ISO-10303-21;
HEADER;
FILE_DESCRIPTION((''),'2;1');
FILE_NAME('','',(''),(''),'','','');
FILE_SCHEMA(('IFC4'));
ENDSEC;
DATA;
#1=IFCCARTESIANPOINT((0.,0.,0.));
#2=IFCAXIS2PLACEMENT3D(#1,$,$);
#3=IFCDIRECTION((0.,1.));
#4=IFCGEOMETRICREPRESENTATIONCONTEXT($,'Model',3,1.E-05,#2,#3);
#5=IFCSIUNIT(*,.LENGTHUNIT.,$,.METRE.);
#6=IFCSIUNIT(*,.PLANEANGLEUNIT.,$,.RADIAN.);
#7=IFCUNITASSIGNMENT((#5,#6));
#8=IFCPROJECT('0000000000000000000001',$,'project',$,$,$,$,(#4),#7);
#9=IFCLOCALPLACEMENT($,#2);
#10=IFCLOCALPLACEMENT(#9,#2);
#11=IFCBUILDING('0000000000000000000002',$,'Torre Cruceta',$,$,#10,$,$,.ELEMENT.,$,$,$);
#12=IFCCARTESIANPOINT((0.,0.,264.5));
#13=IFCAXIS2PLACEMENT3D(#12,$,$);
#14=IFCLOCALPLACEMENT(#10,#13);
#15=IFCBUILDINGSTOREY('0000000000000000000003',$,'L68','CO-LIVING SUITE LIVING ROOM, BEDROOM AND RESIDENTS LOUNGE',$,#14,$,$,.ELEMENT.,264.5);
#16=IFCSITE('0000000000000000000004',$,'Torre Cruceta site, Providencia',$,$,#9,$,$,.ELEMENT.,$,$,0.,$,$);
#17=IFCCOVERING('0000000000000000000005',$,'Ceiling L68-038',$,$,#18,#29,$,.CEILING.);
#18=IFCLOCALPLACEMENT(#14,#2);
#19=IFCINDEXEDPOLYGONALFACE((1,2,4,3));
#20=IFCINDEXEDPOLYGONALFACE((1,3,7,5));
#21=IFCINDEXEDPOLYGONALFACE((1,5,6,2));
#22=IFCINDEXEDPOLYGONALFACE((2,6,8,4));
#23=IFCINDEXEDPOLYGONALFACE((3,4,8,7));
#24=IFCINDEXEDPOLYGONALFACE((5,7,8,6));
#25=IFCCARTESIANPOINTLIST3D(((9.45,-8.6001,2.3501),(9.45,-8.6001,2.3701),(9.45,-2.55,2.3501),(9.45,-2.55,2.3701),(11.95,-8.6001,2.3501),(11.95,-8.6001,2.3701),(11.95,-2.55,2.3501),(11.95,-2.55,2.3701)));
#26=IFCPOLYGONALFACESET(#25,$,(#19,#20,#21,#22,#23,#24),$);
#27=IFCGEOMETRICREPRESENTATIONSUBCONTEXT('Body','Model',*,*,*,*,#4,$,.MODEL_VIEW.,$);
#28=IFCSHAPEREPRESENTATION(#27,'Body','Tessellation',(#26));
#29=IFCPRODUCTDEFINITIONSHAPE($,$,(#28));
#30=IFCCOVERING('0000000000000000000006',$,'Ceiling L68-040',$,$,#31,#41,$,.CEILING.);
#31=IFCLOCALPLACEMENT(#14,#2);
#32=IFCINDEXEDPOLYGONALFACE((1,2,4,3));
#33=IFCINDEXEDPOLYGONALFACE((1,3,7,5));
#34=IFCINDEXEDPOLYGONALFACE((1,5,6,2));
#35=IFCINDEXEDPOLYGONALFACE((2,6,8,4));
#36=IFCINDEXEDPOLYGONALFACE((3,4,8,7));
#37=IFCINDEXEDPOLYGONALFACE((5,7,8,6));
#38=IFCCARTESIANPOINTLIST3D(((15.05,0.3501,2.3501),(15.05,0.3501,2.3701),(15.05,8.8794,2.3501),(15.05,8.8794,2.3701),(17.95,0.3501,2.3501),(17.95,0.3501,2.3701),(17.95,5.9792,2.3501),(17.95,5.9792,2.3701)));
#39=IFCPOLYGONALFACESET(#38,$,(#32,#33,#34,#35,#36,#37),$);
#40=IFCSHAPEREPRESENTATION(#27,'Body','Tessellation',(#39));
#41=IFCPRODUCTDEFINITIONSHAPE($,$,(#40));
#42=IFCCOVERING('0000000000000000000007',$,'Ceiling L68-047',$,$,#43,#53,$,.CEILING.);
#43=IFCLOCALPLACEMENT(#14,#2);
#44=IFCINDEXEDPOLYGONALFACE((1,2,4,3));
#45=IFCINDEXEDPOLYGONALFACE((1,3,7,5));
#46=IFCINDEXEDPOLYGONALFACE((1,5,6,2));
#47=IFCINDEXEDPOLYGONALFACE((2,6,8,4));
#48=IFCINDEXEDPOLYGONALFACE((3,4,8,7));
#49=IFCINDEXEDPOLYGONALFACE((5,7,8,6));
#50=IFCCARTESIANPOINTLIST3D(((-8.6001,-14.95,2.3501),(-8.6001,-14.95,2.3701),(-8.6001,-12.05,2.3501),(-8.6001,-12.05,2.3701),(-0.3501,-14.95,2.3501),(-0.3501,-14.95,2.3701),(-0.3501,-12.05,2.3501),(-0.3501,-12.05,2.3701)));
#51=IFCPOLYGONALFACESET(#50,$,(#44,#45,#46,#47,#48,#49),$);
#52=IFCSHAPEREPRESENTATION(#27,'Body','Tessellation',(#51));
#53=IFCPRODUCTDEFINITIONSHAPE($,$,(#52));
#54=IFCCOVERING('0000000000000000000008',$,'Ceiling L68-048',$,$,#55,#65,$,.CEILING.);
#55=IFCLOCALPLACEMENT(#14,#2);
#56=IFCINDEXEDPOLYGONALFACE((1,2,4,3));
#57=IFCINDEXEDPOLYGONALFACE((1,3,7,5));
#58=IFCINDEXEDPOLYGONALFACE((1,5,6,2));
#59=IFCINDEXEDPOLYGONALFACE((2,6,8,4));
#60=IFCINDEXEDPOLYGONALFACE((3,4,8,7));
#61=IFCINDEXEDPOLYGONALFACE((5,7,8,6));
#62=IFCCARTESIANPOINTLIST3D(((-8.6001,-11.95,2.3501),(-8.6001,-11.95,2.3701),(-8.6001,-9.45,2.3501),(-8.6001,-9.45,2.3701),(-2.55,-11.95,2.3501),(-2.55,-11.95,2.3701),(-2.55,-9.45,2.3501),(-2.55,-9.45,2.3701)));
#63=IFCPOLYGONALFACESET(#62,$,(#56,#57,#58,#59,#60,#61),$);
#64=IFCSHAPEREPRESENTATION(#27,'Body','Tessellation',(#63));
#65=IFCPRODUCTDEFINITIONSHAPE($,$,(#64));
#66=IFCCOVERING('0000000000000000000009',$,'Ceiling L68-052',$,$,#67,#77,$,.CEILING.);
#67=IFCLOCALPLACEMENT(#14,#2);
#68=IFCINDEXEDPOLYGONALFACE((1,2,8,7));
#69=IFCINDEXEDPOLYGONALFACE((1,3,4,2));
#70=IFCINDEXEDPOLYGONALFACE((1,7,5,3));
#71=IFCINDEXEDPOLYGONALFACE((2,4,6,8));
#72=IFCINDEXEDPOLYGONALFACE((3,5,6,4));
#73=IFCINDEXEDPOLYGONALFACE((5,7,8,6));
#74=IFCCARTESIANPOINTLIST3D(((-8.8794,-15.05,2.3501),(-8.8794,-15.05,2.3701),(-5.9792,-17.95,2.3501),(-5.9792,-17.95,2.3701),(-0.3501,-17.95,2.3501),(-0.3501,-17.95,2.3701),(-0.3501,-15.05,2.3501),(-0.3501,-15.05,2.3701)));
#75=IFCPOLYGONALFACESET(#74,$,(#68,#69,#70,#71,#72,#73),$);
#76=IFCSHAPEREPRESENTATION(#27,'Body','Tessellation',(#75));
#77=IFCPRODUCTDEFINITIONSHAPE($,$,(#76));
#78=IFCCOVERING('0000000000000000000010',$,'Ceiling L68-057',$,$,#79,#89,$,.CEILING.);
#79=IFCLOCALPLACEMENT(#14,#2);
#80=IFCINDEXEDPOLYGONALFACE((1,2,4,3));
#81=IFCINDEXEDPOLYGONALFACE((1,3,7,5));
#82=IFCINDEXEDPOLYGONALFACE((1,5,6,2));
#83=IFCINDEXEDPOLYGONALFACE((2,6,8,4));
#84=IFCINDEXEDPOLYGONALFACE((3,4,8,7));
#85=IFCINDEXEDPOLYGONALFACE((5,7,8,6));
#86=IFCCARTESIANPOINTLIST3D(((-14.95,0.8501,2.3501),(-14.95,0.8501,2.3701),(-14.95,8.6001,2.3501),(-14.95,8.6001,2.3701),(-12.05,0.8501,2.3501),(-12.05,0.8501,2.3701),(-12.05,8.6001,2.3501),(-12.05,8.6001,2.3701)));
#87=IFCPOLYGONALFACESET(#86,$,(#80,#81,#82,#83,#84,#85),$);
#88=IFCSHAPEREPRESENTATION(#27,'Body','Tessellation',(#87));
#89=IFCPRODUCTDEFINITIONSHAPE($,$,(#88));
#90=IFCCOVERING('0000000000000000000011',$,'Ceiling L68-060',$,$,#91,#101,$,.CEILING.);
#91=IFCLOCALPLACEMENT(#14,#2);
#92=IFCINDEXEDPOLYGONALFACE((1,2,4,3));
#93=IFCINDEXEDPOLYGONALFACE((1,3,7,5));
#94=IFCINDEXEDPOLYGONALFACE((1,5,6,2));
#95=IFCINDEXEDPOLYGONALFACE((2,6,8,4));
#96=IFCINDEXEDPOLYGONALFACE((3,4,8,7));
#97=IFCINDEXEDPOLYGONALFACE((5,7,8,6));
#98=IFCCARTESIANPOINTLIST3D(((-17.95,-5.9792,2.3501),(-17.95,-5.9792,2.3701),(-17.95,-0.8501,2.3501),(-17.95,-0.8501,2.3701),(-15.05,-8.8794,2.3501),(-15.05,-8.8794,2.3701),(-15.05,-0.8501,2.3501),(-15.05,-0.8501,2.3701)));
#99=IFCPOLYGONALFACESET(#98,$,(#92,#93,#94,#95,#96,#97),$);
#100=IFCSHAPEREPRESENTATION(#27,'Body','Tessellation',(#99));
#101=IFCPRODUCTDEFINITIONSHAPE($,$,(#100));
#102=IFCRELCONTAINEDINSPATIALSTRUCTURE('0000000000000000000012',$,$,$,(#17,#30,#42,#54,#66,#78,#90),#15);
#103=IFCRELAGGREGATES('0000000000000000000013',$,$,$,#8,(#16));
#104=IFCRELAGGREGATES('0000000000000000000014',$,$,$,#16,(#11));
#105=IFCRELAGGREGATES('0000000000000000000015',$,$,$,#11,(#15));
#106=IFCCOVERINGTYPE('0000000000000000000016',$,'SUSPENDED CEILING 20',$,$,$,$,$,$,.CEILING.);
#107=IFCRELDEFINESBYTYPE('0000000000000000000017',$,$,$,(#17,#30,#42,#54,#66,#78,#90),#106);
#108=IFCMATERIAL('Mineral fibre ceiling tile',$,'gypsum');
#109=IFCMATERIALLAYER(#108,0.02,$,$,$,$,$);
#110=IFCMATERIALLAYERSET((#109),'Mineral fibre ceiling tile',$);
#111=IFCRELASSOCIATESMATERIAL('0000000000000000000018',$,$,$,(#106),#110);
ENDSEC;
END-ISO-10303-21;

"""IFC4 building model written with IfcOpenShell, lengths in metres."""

from ifc_helpers import new_model, si_unit, direction, frame, origin, place, context, subcontext, project, spatial, polyline, outline, extrude, material, layer, layer_set, type_object, element, save


model = new_model("IFC4")

# Units and contexts
model_context = context("Model", 3, precision=1e-05, world=origin(), true_north=direction((0.0, 1.0)))
body_context = subcontext(model_context, "Body", "Model", "MODEL_VIEW")
ifc_project = project(units=[si_unit("LENGTHUNIT", "METRE"), si_unit("PLANEANGLEUNIT", "RADIAN")], contexts=[model_context])

# Site, building, storey
site_placement = place(None, origin())
site = spatial("IfcSite", under=ifc_project, at=site_placement, Name="Torre Cruceta site, Providencia", CompositionType="ELEMENT", RefElevation=0.0)
building_placement = place(site_placement, origin())
building = spatial("IfcBuilding", under=site, at=building_placement, Name="Torre Cruceta", CompositionType="ELEMENT")
storey_placement = place(building_placement, frame((0.0, 0.0, 264.5)))
storey = spatial("IfcBuildingStorey", under=building, at=storey_placement, Name="L68", Description="CO-LIVING SUITE LIVING ROOM, BEDROOM AND RESIDENTS LOUNGE", CompositionType="ELEMENT", Elevation=264.5)

# Coverings
ifc_material_1 = material(Name="Mineral fibre ceiling tile", Category="gypsum")
ifc_layer_1 = layer(ifc_material_1, 0.02)
ifc_layer_set_1 = layer_set([ifc_layer_1], Name="Mineral fibre ceiling tile")
covering_type = type_object("IfcCoveringType", Name="SUSPENDED CEILING 20", PredefinedType="CEILING", material=ifc_layer_set_1)
covering_1_placement = place(storey_placement, frame((0.0, 0.0, 2.3501)))
element("IfcCovering", 1, at=covering_1_placement, inside=storey, type_object=covering_type, Name="Ceiling L68-038", PredefinedType="CEILING", context=body_context, shape_type="SweptSolid", body=[
    extrude(outline(polyline([(9.45, -8.6001), (9.45, -2.55), (11.95, -2.55), (11.95, -8.6001), (9.45, -8.6001)])), origin(), (0.0, 0.0, 1.0), 0.02),
])
covering_2_placement = place(storey_placement, frame((0.0, 0.0, 2.3501)))
element("IfcCovering", 2, at=covering_2_placement, inside=storey, type_object=covering_type, Name="Ceiling L68-040", PredefinedType="CEILING", context=body_context, shape_type="SweptSolid", body=[
    extrude(outline(polyline([(17.95, 5.9792), (17.95, 0.3501), (15.05, 0.3501), (15.05, 8.8794), (17.95, 5.9792)])), origin(), (0.0, 0.0, 1.0), 0.02),
])
covering_3_placement = place(storey_placement, frame((0.0, 0.0, 2.3501)))
element("IfcCovering", 3, at=covering_3_placement, inside=storey, type_object=covering_type, Name="Ceiling L68-047", PredefinedType="CEILING", context=body_context, shape_type="SweptSolid", body=[
    extrude(outline(polyline([(-8.6001, -14.95), (-8.6001, -12.05), (-0.3501, -12.05), (-0.3501, -14.95), (-8.6001, -14.95)])), origin(), (0.0, 0.0, 1.0), 0.02),
])
covering_4_placement = place(storey_placement, frame((0.0, 0.0, 2.3501)))
element("IfcCovering", 4, at=covering_4_placement, inside=storey, type_object=covering_type, Name="Ceiling L68-048", PredefinedType="CEILING", context=body_context, shape_type="SweptSolid", body=[
    extrude(outline(polyline([(-8.6001, -9.45), (-2.55, -9.45), (-2.55, -11.95), (-8.6001, -11.95), (-8.6001, -9.45)])), origin(), (0.0, 0.0, 1.0), 0.02),
])
covering_5_placement = place(storey_placement, frame((0.0, 0.0, 2.3501)))
element("IfcCovering", 5, at=covering_5_placement, inside=storey, type_object=covering_type, Name="Ceiling L68-052", PredefinedType="CEILING", context=body_context, shape_type="SweptSolid", body=[
    extrude(outline(polyline([(-8.8794, -15.05), (-0.3501, -15.05), (-0.3501, -17.95), (-5.9792, -17.95), (-8.8794, -15.05)])), origin(), (0.0, 0.0, 1.0), 0.02),
])
covering_6_placement = place(storey_placement, frame((0.0, 0.0, 2.3501)))
element("IfcCovering", 6, at=covering_6_placement, inside=storey, type_object=covering_type, Name="Ceiling L68-057", PredefinedType="CEILING", context=body_context, shape_type="SweptSolid", body=[
    extrude(outline(polyline([(-14.95, 8.6001), (-12.05, 8.6001), (-12.05, 0.8501), (-14.95, 0.8501), (-14.95, 8.6001)])), origin(), (0.0, 0.0, 1.0), 0.02),
])
covering_7_placement = place(storey_placement, frame((0.0, 0.0, 2.3501)))
element("IfcCovering", 7, at=covering_7_placement, inside=storey, type_object=covering_type, Name="Ceiling L68-060", PredefinedType="CEILING", context=body_context, shape_type="SweptSolid", body=[
    extrude(outline(polyline([(-17.95, -5.9792), (-17.95, -0.8501), (-15.05, -0.8501), (-15.05, -8.8794), (-17.95, -5.9792)])), origin(), (0.0, 0.0, 1.0), 0.02),
])

save(model, "model.ifc")
